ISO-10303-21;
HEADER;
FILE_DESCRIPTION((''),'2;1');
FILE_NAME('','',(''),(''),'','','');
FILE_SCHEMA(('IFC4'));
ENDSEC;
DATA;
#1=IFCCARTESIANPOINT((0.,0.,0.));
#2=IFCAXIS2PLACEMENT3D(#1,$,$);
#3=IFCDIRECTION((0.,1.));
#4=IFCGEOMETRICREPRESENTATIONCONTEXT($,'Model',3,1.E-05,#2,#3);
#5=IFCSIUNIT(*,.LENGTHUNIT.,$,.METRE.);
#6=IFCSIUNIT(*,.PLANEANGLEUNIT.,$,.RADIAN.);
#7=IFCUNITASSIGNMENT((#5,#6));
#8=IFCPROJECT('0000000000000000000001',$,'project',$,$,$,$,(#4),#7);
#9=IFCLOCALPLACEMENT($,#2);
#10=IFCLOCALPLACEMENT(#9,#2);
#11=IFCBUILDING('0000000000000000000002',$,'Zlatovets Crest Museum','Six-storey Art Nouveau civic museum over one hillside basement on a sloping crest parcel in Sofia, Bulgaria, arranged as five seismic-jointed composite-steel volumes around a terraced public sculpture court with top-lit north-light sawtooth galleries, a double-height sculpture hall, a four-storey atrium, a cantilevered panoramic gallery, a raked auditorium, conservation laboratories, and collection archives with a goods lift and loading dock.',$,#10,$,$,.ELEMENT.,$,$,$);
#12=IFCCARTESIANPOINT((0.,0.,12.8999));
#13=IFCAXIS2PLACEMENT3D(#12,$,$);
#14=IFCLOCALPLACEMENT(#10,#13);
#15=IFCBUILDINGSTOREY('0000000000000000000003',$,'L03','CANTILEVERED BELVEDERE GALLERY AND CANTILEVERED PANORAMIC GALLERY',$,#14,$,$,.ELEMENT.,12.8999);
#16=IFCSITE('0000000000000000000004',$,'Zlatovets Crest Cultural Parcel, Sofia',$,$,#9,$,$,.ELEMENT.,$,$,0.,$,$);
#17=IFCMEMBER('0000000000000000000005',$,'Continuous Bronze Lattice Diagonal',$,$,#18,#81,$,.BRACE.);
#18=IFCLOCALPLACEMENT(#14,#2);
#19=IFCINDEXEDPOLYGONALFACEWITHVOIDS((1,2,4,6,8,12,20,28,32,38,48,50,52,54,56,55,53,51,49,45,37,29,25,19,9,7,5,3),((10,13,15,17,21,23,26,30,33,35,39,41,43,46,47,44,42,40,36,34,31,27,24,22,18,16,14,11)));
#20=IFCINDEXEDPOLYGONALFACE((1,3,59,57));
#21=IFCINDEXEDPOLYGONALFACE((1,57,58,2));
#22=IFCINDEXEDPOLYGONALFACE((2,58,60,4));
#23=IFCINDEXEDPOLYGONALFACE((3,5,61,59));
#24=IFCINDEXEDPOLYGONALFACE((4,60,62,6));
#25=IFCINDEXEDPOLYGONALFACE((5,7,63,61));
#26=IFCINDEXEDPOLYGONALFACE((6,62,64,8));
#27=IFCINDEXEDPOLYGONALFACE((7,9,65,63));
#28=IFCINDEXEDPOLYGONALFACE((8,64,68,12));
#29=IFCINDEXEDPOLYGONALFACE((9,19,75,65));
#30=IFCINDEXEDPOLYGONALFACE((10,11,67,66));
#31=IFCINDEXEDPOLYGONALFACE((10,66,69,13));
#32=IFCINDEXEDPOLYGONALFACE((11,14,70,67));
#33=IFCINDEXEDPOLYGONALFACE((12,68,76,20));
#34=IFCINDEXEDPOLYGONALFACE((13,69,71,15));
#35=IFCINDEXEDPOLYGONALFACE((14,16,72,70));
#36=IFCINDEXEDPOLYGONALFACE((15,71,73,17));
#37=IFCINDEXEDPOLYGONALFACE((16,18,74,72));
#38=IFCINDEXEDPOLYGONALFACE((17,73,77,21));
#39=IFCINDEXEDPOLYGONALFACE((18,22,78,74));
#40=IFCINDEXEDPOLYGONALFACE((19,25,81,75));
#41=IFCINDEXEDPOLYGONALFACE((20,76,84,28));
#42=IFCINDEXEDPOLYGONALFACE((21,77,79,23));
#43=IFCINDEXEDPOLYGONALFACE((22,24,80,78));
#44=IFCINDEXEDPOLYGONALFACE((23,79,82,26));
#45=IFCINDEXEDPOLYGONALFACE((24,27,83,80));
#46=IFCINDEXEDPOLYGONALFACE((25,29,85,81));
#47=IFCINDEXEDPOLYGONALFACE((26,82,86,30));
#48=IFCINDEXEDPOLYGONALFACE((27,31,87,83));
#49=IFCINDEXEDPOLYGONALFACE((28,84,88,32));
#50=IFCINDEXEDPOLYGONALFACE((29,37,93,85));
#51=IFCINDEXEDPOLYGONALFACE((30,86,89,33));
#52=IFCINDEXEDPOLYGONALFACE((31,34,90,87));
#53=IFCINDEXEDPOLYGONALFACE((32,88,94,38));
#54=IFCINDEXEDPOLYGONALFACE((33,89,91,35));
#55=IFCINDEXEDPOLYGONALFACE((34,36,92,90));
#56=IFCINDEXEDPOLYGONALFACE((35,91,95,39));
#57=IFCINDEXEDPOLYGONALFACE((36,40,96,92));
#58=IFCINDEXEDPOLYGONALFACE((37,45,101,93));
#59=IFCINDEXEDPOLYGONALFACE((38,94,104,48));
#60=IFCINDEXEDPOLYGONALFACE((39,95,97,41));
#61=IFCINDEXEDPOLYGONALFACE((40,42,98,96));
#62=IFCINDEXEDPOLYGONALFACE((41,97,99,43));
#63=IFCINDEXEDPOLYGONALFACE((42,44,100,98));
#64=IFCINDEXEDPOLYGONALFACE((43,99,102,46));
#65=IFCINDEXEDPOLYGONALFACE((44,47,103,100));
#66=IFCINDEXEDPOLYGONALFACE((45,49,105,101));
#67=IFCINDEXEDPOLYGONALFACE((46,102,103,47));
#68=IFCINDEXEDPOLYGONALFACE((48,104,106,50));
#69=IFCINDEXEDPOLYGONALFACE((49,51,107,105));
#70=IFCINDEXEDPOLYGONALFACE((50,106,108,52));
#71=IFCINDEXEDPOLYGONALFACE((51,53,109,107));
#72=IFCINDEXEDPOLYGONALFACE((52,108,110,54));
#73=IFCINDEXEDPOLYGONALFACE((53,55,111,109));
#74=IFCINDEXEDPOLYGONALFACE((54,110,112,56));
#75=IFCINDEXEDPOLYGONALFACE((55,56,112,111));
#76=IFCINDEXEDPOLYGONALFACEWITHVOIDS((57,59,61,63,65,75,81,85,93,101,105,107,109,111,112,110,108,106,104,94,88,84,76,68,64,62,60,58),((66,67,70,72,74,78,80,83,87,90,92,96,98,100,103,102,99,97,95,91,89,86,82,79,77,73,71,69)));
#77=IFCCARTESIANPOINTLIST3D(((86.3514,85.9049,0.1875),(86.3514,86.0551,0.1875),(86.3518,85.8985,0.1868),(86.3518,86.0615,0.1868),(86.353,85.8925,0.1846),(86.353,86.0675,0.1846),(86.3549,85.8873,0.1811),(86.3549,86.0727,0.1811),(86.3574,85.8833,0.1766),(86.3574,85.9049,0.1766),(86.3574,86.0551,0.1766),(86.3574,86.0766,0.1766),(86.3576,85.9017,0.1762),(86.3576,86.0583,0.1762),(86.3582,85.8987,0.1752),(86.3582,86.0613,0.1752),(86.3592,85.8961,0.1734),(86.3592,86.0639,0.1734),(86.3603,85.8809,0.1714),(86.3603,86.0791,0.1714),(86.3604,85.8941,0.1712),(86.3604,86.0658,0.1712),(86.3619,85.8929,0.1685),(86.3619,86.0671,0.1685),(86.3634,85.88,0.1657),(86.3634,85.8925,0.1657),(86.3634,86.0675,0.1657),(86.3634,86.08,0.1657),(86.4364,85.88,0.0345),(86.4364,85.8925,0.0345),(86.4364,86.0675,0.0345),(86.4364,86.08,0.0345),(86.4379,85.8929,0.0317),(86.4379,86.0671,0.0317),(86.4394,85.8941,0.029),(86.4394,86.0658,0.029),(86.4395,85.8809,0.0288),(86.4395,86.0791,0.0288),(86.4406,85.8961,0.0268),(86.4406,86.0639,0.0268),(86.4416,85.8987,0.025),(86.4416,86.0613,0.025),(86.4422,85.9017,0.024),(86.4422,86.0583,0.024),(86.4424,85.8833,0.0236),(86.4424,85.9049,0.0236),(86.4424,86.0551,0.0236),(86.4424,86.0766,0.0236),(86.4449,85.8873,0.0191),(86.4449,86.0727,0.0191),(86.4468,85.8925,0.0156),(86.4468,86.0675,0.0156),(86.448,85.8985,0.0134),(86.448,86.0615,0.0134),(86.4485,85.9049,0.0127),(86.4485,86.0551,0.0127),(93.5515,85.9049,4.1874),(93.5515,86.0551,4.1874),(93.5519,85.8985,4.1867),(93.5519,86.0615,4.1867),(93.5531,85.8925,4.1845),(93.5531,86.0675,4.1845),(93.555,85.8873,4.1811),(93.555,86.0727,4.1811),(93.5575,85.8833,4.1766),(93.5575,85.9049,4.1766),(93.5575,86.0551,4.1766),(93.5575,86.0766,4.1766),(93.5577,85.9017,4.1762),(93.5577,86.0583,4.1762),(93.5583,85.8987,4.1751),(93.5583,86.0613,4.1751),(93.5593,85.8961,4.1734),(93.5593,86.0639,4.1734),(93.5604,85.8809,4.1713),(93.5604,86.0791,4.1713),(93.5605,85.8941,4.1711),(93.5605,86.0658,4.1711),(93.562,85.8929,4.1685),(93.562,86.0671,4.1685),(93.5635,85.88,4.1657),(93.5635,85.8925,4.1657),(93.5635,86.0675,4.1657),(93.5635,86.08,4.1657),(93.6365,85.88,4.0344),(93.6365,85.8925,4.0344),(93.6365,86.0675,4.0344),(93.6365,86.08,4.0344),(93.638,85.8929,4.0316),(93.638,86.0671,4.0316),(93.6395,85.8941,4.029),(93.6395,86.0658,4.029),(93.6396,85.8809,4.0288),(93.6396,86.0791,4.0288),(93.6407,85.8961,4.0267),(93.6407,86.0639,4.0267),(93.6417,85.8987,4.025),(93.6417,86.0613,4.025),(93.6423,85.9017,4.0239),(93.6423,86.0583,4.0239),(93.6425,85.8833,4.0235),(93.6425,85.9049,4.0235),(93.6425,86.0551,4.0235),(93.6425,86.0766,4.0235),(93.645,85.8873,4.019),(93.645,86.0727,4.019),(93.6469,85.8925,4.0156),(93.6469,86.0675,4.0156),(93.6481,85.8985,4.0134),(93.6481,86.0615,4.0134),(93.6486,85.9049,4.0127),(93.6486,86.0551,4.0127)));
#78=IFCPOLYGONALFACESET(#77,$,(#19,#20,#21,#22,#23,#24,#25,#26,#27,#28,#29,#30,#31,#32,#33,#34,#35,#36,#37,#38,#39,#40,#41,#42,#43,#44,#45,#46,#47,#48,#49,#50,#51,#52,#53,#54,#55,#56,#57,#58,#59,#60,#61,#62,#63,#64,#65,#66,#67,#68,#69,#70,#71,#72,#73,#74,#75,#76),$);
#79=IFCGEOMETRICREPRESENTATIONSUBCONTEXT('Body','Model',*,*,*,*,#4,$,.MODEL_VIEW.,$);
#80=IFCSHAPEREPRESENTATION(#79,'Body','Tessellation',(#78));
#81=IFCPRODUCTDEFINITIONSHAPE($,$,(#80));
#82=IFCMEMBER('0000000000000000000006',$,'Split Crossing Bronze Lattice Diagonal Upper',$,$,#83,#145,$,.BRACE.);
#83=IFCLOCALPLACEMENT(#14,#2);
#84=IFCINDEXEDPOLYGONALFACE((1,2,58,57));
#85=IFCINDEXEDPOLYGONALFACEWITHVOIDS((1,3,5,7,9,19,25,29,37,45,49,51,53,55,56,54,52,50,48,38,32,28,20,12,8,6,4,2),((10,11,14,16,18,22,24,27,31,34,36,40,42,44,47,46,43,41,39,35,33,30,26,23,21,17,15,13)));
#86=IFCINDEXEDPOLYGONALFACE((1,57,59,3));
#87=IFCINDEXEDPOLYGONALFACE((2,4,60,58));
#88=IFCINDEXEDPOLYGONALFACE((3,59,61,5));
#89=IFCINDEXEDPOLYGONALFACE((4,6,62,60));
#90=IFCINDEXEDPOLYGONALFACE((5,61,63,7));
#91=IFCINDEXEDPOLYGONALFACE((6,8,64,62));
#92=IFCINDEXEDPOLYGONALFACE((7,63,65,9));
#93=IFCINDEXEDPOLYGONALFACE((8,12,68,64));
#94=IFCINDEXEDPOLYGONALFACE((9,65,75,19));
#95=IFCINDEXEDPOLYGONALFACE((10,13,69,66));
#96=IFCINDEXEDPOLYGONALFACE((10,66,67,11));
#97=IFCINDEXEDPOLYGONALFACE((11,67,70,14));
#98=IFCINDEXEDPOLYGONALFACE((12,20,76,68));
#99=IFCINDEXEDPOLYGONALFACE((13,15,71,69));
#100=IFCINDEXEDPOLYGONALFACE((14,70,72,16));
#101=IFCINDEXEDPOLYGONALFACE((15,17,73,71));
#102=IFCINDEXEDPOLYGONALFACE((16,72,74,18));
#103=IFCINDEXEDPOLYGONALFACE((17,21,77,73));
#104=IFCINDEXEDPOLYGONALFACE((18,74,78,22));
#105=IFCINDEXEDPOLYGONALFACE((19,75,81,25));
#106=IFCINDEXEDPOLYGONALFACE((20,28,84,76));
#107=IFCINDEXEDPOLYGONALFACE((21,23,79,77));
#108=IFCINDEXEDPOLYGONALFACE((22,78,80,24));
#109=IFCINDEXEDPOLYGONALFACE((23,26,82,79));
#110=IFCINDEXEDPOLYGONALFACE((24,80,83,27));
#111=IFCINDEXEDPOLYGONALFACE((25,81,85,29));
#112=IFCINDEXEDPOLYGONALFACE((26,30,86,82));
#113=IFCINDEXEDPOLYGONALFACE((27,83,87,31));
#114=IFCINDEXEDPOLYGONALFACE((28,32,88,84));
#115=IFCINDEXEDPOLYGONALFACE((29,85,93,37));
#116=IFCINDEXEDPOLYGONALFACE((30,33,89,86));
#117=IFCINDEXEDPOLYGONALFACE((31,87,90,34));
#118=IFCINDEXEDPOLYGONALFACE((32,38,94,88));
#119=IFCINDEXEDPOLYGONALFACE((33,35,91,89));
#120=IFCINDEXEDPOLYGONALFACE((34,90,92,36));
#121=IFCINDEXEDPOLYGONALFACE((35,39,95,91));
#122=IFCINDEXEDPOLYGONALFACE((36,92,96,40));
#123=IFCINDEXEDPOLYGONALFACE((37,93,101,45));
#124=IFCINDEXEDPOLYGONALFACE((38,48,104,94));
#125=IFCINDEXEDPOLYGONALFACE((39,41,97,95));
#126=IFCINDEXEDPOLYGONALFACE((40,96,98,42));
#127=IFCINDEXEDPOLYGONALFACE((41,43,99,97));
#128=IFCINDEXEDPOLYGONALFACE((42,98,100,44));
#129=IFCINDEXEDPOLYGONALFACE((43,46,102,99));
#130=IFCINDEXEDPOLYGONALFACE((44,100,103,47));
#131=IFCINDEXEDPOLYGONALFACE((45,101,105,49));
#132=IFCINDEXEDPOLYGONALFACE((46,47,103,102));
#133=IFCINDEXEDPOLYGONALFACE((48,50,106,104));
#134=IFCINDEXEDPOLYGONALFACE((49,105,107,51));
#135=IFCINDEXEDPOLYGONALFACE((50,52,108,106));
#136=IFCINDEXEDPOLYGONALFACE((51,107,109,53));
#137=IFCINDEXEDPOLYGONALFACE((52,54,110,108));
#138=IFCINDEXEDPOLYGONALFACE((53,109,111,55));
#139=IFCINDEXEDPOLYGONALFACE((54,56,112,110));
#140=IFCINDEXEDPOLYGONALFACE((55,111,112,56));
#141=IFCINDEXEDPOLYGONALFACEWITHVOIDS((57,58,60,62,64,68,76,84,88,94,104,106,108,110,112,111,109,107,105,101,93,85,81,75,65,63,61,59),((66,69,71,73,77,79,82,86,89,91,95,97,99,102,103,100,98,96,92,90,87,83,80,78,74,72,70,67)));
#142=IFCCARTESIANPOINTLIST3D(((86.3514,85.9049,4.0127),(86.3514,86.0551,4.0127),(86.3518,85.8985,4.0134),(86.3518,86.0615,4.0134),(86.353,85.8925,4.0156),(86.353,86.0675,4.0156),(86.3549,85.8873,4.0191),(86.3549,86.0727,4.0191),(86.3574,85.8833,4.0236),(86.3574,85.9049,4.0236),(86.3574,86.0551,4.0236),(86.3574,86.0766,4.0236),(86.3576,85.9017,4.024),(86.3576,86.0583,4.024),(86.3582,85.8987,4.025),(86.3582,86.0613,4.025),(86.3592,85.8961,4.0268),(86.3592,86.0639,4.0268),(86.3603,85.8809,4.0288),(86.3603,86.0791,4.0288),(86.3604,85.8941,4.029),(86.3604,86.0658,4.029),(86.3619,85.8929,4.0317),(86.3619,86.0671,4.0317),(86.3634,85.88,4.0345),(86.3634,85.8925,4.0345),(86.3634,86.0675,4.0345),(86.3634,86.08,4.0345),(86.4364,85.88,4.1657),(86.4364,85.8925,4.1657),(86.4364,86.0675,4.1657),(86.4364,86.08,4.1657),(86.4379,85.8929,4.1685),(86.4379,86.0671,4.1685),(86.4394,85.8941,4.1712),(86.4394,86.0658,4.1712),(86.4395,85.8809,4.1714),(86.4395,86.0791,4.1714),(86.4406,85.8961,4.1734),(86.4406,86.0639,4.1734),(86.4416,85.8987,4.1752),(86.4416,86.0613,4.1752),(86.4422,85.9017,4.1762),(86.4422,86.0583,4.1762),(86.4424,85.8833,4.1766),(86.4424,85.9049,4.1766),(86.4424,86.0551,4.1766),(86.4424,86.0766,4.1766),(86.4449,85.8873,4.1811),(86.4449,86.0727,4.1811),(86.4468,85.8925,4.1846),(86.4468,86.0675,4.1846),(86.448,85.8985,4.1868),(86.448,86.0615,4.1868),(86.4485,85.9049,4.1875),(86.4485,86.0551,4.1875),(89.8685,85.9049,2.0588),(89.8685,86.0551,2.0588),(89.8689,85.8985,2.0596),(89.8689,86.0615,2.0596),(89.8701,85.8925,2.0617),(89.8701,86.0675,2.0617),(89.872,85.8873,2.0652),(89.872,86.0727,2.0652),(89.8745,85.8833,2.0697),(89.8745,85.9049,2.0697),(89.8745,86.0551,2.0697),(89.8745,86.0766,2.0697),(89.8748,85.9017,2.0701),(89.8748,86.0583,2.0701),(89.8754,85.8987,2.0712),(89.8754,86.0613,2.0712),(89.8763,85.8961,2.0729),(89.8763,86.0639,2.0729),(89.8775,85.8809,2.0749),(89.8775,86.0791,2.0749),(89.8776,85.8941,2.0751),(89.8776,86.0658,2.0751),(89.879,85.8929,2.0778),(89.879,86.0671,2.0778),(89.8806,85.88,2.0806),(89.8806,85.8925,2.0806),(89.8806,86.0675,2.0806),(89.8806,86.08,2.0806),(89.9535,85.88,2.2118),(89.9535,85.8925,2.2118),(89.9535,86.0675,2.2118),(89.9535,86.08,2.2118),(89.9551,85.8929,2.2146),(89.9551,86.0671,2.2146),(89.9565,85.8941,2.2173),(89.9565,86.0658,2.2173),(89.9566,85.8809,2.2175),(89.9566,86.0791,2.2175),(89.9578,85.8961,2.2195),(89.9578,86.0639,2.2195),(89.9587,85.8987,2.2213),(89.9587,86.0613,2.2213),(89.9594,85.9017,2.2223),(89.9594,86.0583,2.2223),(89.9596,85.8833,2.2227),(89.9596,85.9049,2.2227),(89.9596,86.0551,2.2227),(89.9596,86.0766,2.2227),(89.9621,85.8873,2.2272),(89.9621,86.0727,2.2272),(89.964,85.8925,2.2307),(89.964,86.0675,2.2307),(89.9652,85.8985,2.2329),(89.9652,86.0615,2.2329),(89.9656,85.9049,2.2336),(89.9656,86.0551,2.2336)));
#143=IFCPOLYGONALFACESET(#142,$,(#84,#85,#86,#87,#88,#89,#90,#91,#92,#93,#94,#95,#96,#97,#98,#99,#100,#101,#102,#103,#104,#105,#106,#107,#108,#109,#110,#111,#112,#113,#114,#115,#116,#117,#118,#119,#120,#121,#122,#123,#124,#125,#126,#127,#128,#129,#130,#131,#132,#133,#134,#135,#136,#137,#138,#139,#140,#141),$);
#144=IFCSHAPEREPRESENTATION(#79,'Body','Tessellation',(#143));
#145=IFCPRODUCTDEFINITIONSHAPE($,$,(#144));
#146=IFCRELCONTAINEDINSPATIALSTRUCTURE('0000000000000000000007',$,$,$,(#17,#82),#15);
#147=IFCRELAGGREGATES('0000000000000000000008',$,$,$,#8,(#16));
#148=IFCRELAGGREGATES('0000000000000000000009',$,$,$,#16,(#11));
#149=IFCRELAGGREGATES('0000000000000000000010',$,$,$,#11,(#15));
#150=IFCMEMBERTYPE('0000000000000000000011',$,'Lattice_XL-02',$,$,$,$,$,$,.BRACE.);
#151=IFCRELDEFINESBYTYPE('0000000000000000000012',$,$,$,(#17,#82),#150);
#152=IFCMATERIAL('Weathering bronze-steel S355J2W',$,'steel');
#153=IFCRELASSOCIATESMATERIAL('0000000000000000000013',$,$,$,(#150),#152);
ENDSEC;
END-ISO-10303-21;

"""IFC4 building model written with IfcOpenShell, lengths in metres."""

from ifc_helpers import new_model, si_unit, direction, frame, origin, origin_2d, place, context, subcontext, project, spatial, hollow_rectangle, extrude, material, material_profile, profile_set, type_object, element, save


model = new_model("IFC4")

# Units and contexts
model_context = context("Model", 3, precision=1e-05, world=origin(), true_north=direction((0.0, 1.0)))
body_context = subcontext(model_context, "Body", "Model", "MODEL_VIEW")
ifc_project = project(units=[si_unit("LENGTHUNIT", "METRE"), si_unit("PLANEANGLEUNIT", "RADIAN")], contexts=[model_context])

# Site, building, storey
site_placement = place(None, origin())
site = spatial("IfcSite", under=ifc_project, at=site_placement, Name="Zlatovets Crest Cultural Parcel, Sofia", CompositionType="ELEMENT", RefElevation=0.0)
building_placement = place(site_placement, origin())
building = spatial("IfcBuilding", under=site, at=building_placement, Name="Zlatovets Crest Museum", Description="Six-storey Art Nouveau civic museum over one hillside basement on a sloping crest parcel in Sofia, Bulgaria, arranged as five seismic-jointed composite-steel volumes around a terraced public sculpture court with top-lit north-light sawtooth galleries, a double-height sculpture hall, a four-storey atrium, a cantilevered panoramic gallery, a raked auditorium, conservation laboratories, and collection archives with a goods lift and loading dock.", CompositionType="ELEMENT")
storey_placement = place(building_placement, frame((0.0, 0.0, 12.8999)))
storey = spatial("IfcBuildingStorey", under=building, at=storey_placement, Name="L03", Description="CANTILEVERED BELVEDERE GALLERY AND CANTILEVERED PANORAMIC GALLERY", CompositionType="ELEMENT", Elevation=12.8999)

# Members
ifc_material_1 = material(Name="Weathering bronze-steel S355J2W", Category="steel")
ifc_material_profile_1 = material_profile(ifc_material_1, hollow_rectangle(XDim=0.2, YDim=0.2, WallThickness=0.0125, InnerFilletRadius=0.0125, OuterFilletRadius=0.0249, at=origin_2d()), Name="SHS 200x200x12.5")
ifc_profile_set_1 = profile_set([ifc_material_profile_1], Name="Weathering bronze-steel S355J2W")
member_type_1 = type_object("IfcMemberType", Name="Lattice_XL-02", PredefinedType="BRACE", material=ifc_profile_set_1)
member_1_placement = place(storey_placement, frame((86.3999, 85.98, 0.1001), z_axis=(0.874163, 0.0, 0.485633), x_axis=(0.0, 1.0, 0.0)))
element("IfcMember", 1, at=member_1_placement, inside=storey, type_object=member_type_1, Name="Continuous Bronze Lattice Diagonal", PredefinedType="BRACE", context=body_context, shape_type="SweptSolid", body=[
    extrude(hollow_rectangle(XDim=0.2, YDim=0.2, WallThickness=0.0125, InnerFilletRadius=0.0125, OuterFilletRadius=0.0249, at=origin_2d()), origin(), (0.0, 0.0, 1.0), 8.2366),
])
for number, where, z_axis, x_axis, name in (
    (2, (86.3999, 85.98, 4.1001), (0.874166, 0.0, -0.485627), (0.0, 1.0, 0.0), "Split Crossing Bronze Lattice Diagonal Upper"),
):
    element("IfcMember", number, at=place(storey_placement, frame(where, z_axis=z_axis, x_axis=x_axis)), inside=storey, type_object=member_type_1, Name=name, PredefinedType="BRACE", context=body_context, shape_type="SweptSolid", body=[
        extrude(hollow_rectangle(XDim=0.2, YDim=0.2, WallThickness=0.0125, InnerFilletRadius=0.0125, OuterFilletRadius=0.0249, at=origin_2d()), origin(), (0.0, 0.0, 1.0), 4.0234),
    ])

save(model, "model.ifc")
